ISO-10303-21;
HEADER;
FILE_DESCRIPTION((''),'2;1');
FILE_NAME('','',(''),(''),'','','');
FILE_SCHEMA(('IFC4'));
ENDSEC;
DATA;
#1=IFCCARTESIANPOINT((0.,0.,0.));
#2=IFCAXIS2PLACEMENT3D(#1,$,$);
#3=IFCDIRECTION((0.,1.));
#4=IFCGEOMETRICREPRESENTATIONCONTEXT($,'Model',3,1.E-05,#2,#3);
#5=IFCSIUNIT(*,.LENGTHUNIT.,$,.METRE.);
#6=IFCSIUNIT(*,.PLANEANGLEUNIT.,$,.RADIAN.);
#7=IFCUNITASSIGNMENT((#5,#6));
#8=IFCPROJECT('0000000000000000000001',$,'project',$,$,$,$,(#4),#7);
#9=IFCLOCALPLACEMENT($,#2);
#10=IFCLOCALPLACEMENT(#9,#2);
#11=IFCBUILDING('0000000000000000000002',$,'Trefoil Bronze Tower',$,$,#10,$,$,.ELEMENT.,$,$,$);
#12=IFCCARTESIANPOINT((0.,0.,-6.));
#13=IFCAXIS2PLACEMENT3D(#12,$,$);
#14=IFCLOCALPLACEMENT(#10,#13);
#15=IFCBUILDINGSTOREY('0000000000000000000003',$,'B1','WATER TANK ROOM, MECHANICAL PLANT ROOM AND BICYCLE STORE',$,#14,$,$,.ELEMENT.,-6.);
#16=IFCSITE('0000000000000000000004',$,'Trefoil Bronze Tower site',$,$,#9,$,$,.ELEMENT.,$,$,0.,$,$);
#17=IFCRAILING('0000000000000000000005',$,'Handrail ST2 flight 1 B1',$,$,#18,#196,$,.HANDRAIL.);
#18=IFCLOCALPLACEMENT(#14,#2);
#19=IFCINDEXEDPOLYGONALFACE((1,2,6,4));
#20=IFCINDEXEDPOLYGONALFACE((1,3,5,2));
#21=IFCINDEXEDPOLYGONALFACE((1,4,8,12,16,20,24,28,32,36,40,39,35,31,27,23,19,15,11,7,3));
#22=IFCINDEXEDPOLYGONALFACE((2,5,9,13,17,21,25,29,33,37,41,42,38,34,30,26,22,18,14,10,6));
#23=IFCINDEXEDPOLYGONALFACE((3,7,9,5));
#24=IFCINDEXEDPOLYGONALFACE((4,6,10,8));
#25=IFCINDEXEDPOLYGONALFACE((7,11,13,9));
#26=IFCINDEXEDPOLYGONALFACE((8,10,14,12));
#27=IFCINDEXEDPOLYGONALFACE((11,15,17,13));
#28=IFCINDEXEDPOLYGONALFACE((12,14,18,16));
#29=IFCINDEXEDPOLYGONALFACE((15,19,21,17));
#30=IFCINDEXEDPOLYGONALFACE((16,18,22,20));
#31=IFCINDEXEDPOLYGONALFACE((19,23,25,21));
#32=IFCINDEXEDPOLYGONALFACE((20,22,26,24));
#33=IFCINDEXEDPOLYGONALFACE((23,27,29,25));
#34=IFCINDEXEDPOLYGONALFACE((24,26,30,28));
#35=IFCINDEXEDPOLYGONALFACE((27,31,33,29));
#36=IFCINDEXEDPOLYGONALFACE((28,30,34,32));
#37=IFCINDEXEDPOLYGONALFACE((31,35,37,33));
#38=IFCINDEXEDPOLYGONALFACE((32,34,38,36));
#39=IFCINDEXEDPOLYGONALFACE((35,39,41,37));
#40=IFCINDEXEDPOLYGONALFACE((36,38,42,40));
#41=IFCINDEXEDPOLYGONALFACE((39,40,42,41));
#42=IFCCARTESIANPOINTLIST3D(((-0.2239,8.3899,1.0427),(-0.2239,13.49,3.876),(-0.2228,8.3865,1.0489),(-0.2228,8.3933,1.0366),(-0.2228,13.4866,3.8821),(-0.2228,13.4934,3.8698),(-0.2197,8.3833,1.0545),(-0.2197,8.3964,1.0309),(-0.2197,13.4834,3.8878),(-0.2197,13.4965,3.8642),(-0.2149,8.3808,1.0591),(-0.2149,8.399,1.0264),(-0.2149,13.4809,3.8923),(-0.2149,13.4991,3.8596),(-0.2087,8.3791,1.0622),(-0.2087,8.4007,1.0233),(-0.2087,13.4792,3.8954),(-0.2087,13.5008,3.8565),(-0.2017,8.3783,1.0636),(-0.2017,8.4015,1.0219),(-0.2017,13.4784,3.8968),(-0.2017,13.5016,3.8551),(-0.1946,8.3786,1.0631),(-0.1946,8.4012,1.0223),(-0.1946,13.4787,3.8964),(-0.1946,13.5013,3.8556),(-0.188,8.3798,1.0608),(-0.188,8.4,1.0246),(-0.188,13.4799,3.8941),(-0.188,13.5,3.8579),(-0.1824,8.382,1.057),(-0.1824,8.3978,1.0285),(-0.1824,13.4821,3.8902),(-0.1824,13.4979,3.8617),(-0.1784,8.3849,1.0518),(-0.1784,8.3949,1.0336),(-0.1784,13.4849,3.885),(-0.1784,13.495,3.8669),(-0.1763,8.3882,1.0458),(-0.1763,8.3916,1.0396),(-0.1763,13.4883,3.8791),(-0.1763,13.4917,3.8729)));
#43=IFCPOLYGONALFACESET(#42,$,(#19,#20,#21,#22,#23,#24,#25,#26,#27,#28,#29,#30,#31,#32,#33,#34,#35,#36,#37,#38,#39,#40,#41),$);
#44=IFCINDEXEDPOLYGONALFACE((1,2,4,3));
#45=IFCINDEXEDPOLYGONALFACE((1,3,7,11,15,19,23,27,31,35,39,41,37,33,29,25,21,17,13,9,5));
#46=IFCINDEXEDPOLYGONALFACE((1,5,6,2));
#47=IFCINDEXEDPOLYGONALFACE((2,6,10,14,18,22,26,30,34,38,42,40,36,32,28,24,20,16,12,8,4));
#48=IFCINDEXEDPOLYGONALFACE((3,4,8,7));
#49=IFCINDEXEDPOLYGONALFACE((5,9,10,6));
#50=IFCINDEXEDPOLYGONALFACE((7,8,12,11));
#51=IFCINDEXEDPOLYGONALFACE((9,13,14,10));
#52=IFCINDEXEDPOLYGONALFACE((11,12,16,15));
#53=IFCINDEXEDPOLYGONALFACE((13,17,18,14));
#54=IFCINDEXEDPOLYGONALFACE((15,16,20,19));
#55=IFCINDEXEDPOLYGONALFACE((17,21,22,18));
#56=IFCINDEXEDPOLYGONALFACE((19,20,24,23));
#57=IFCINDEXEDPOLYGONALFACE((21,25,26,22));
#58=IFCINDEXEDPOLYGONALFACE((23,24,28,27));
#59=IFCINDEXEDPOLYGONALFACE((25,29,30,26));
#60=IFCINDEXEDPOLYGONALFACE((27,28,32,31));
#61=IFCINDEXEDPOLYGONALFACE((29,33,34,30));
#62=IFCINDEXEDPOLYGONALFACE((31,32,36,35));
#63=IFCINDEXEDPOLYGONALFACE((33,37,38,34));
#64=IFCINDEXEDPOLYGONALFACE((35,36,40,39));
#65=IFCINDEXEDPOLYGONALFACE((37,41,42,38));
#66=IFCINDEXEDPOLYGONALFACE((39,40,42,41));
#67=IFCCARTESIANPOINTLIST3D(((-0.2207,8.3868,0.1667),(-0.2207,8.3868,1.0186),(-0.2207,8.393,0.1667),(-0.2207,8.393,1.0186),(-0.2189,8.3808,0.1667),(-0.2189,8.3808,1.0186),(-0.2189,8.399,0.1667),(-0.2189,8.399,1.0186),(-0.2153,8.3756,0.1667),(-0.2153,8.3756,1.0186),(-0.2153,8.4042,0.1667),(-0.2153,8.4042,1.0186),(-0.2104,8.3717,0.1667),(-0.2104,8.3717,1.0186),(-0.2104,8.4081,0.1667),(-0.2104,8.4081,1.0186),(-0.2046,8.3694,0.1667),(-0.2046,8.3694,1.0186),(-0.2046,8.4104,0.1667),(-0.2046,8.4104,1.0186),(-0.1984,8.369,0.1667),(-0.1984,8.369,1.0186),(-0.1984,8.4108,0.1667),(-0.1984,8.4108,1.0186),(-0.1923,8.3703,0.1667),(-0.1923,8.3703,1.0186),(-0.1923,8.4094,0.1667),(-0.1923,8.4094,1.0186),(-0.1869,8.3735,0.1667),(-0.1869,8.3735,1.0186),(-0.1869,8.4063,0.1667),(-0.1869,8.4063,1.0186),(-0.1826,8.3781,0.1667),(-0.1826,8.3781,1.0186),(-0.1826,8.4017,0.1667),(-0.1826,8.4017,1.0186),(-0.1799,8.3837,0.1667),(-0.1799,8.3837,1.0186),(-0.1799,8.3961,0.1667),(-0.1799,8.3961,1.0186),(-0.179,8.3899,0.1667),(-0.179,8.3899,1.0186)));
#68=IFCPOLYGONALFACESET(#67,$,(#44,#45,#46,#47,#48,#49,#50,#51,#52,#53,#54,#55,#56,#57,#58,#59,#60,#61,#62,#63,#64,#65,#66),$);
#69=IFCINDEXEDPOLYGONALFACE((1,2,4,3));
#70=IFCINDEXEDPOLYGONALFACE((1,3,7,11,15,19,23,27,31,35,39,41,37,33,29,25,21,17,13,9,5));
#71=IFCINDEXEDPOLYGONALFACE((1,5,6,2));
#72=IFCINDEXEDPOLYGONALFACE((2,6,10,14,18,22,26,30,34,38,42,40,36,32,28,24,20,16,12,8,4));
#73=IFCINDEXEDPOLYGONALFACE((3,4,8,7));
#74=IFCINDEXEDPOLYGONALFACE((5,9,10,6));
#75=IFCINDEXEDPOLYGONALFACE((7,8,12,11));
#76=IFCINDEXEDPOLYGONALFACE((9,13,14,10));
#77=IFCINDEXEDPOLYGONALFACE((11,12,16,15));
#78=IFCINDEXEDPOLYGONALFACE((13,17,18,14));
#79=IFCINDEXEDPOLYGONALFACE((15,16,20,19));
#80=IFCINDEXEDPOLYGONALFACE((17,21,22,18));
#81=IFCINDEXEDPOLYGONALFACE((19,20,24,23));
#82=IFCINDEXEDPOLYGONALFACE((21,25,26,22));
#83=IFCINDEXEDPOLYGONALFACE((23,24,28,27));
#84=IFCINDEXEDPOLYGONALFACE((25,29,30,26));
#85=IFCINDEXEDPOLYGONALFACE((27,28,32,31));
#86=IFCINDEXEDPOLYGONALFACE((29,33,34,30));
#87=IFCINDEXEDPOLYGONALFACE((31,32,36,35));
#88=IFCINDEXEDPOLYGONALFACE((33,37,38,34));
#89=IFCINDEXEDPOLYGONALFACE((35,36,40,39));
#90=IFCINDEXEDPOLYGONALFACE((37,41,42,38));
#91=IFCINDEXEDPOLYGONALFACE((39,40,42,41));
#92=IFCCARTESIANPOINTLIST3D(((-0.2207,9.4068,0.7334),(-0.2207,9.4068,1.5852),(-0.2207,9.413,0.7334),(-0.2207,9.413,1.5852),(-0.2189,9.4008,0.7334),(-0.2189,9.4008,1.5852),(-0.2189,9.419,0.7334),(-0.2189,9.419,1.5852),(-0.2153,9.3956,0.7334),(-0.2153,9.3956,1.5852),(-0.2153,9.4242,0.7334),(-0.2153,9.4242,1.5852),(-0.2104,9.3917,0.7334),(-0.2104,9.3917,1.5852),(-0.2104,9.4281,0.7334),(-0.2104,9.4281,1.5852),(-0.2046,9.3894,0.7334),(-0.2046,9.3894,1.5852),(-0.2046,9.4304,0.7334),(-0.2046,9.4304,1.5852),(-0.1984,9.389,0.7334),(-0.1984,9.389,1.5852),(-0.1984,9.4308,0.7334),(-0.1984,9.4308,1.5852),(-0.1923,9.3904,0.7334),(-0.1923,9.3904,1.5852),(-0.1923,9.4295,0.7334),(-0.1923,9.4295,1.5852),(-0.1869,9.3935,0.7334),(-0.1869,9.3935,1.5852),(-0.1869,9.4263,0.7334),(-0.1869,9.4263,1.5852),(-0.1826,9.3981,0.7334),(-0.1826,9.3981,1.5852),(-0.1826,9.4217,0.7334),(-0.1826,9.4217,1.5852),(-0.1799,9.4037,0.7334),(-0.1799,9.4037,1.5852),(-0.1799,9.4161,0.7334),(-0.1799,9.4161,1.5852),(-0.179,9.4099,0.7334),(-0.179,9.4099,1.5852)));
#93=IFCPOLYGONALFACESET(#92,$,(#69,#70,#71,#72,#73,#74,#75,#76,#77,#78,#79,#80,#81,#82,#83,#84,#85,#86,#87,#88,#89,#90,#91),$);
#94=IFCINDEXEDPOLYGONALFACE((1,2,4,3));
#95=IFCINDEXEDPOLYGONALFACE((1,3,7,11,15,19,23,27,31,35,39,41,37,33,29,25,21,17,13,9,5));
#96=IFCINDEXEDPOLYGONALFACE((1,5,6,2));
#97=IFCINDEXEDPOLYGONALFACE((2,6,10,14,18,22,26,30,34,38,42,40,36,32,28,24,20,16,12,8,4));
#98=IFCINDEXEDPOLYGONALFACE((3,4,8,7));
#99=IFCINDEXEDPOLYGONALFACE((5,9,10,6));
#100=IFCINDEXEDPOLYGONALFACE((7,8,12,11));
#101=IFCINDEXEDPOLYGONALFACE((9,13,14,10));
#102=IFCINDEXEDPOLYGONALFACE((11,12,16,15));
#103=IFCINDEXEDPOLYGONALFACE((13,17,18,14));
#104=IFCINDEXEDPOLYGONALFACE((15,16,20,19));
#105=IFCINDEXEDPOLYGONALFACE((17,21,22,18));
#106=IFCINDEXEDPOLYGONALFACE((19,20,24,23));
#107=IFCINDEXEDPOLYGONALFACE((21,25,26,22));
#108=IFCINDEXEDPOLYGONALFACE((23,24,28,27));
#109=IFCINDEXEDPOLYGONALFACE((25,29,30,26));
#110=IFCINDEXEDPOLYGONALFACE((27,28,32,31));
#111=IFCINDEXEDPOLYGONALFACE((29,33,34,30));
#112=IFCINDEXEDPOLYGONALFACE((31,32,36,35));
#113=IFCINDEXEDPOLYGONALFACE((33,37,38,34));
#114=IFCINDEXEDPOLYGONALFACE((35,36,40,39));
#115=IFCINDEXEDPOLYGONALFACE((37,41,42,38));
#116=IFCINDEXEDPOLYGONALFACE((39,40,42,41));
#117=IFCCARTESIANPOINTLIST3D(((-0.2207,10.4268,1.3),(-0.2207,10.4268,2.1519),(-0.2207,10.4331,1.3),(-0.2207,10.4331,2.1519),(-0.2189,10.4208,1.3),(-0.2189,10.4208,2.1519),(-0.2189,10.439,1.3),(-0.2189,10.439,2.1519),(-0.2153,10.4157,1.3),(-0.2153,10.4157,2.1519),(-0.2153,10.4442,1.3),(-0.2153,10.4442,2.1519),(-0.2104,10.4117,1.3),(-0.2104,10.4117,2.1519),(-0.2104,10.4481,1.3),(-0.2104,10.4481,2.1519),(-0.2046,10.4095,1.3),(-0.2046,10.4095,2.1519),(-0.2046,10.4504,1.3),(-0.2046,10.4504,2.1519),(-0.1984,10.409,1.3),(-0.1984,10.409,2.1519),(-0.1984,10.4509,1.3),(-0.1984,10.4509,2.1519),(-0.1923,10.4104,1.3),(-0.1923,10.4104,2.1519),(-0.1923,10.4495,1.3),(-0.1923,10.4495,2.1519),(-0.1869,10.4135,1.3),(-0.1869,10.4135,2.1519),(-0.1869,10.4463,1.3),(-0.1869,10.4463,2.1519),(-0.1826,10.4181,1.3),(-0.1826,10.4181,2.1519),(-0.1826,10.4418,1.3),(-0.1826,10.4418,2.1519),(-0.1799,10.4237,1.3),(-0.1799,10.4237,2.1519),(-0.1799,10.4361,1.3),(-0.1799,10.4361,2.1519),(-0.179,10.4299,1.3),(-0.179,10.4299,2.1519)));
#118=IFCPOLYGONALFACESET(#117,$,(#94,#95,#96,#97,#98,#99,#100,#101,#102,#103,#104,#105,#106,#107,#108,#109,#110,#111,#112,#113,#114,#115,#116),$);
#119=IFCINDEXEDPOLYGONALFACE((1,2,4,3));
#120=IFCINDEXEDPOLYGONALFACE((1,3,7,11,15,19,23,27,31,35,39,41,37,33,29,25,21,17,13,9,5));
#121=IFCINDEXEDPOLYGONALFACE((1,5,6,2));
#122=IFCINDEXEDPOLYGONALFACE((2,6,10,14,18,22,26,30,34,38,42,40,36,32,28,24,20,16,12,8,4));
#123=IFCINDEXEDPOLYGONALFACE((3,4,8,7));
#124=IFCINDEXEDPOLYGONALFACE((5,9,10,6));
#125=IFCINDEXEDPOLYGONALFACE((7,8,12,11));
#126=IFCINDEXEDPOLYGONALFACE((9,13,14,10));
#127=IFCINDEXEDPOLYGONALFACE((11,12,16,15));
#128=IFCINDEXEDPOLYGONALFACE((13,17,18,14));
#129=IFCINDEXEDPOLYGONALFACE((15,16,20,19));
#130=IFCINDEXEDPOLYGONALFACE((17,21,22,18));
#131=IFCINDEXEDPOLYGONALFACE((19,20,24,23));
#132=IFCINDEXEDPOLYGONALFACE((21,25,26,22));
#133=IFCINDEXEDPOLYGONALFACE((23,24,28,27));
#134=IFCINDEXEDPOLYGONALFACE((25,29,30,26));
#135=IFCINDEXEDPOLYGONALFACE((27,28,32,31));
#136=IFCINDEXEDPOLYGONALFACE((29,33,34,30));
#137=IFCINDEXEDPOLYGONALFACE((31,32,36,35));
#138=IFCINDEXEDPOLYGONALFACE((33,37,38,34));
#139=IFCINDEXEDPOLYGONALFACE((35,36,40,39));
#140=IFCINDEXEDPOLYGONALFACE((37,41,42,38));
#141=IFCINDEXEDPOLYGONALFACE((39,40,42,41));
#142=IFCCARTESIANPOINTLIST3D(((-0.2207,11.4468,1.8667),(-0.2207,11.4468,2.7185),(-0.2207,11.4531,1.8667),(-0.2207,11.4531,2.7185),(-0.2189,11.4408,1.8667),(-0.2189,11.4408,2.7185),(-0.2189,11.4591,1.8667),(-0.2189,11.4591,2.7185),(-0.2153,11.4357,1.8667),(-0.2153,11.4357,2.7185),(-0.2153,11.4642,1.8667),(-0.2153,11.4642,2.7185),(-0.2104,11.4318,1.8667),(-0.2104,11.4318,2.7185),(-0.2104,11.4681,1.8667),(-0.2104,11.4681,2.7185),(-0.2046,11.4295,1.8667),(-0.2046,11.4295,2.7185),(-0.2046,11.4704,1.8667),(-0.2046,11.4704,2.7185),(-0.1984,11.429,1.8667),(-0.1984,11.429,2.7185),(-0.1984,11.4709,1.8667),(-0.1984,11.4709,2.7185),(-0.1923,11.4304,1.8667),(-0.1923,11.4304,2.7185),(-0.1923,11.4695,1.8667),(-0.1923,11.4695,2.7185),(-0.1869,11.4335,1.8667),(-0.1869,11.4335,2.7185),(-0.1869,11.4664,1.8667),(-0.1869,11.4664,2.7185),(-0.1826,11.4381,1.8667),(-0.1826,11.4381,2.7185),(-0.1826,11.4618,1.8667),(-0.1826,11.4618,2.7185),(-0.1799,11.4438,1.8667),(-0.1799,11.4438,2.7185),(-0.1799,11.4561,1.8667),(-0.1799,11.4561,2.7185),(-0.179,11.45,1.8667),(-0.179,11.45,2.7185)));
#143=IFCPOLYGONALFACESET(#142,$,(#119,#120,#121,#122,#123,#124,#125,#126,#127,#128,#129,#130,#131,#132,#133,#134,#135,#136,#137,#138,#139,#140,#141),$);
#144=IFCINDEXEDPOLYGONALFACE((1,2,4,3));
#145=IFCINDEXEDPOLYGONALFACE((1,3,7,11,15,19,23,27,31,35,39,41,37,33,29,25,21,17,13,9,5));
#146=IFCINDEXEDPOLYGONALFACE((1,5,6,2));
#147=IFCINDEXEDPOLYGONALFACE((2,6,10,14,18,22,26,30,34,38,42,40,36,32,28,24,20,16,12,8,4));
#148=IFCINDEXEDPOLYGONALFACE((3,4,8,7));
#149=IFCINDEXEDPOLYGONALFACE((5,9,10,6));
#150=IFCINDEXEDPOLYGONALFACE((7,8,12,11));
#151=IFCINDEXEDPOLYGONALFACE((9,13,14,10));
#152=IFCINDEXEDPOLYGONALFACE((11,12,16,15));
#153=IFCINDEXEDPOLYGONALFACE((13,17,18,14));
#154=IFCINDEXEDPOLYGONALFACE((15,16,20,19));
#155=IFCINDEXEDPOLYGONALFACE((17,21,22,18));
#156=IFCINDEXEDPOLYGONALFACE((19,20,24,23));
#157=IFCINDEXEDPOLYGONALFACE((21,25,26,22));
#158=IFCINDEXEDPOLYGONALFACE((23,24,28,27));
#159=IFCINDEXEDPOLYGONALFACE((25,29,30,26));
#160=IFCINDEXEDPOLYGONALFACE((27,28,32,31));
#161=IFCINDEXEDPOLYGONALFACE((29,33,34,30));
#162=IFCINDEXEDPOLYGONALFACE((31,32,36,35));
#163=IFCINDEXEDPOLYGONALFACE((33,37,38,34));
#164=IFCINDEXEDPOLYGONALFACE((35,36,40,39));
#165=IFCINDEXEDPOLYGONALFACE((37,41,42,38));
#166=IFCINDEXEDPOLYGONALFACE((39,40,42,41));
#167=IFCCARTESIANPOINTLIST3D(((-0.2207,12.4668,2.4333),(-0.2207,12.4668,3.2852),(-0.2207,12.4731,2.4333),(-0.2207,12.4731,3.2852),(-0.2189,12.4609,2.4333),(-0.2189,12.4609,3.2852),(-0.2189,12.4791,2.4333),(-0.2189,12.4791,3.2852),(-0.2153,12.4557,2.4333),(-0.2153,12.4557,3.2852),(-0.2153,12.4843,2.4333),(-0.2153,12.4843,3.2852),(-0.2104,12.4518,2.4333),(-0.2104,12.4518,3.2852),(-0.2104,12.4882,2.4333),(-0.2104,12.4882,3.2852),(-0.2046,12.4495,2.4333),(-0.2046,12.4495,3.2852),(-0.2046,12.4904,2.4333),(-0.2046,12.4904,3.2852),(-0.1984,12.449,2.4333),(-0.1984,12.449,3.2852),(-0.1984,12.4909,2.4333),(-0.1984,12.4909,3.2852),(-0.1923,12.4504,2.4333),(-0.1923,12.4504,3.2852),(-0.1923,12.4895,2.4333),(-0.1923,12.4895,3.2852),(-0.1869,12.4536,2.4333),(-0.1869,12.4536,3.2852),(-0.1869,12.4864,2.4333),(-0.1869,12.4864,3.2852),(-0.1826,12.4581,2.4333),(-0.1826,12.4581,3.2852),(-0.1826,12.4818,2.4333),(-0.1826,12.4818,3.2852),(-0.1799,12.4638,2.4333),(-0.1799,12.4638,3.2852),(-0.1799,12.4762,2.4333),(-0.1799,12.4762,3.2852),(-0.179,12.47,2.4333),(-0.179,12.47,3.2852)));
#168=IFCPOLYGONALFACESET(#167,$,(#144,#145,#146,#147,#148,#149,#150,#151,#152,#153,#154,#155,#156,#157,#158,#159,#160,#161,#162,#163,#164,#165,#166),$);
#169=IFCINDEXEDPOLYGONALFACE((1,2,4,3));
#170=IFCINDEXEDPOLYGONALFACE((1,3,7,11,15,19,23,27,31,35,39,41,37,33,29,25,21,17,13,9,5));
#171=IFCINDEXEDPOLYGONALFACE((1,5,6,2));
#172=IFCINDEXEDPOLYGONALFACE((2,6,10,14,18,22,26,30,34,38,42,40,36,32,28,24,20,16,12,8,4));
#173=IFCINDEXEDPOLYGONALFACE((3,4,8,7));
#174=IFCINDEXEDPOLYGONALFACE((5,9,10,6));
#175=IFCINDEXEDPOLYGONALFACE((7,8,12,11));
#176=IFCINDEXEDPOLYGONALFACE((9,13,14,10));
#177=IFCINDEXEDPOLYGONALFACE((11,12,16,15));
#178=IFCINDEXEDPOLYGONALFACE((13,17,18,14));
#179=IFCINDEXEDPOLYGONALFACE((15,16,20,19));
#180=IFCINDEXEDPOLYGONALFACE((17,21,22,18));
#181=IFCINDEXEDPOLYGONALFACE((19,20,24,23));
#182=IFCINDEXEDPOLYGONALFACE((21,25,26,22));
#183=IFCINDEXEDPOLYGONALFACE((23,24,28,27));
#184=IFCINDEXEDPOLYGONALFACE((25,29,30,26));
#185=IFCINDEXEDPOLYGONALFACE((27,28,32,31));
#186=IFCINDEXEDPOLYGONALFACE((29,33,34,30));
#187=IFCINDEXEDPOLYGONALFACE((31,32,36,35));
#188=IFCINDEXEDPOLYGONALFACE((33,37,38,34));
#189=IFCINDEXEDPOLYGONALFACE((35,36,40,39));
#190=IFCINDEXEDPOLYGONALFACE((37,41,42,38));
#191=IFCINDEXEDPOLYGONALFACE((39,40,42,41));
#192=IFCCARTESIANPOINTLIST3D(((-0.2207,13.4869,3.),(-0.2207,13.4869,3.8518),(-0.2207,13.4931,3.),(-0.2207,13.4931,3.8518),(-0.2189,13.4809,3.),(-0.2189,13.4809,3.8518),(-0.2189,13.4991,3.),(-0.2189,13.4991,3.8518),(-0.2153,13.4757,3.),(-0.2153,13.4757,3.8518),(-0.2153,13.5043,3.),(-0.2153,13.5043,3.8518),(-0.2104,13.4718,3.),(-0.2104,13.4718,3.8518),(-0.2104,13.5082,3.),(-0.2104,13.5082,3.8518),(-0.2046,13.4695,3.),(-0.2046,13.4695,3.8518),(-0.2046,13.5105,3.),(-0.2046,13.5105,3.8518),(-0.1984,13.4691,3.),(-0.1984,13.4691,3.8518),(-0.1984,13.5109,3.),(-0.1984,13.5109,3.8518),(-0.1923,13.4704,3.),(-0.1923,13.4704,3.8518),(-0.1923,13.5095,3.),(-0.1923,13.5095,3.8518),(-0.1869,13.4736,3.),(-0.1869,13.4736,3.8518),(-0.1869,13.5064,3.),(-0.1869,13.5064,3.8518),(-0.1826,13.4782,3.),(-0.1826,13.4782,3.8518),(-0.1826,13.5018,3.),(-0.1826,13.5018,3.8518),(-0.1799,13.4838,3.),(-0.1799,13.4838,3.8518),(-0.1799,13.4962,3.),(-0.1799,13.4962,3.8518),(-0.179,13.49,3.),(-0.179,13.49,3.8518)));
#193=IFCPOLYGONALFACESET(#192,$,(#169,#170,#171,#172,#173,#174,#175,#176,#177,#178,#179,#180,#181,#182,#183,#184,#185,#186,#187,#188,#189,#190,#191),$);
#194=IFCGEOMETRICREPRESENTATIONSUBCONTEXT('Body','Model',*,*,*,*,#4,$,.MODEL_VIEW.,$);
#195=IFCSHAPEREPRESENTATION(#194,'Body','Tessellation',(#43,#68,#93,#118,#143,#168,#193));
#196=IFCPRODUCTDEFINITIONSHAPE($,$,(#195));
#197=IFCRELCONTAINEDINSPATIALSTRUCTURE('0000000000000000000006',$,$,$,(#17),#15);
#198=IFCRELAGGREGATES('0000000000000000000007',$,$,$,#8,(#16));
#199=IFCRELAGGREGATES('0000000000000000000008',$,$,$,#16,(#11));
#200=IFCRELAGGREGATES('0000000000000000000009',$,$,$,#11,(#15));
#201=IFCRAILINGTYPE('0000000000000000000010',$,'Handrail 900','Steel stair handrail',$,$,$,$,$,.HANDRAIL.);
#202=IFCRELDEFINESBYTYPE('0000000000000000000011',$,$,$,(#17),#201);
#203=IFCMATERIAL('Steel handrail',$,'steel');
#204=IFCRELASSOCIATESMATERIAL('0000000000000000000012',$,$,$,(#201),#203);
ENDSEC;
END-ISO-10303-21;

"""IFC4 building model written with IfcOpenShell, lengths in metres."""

from ifc_helpers import new_model, si_unit, direction, frame, origin, origin_2d, place, context, subcontext, project, spatial, circle, extrude, material, type_object, element, save


model = new_model("IFC4")

# Units and contexts
model_context = context("Model", 3, precision=1e-05, world=origin(), true_north=direction((0.0, 1.0)))
body_context = subcontext(model_context, "Body", "Model", "MODEL_VIEW")
ifc_project = project(units=[si_unit("LENGTHUNIT", "METRE"), si_unit("PLANEANGLEUNIT", "RADIAN")], contexts=[model_context])

# Site, building, storey
site_placement = place(None, origin())
site = spatial("IfcSite", under=ifc_project, at=site_placement, Name="Trefoil Bronze Tower site", CompositionType="ELEMENT", RefElevation=0.0)
building_placement = place(site_placement, origin())
building = spatial("IfcBuilding", under=site, at=building_placement, Name="Trefoil Bronze Tower", CompositionType="ELEMENT")
storey_placement = place(building_placement, frame((0.0, 0.0, -6.0)))
storey = spatial("IfcBuildingStorey", under=building, at=storey_placement, Name="B1", Description="WATER TANK ROOM, MECHANICAL PLANT ROOM AND BICYCLE STORE", CompositionType="ELEMENT", Elevation=-6.0)

# Railing
ifc_material_1 = material(Name="Steel handrail", Category="steel")
railing_type = type_object("IfcRailingType", Name="Handrail 900", Description="Steel stair handrail", PredefinedType="HANDRAIL", material=ifc_material_1)
railing_placement = place(storey_placement, frame((-0.2, 8.3899, 0.1667)))
element("IfcRailing", 1, at=railing_placement, inside=storey, type_object=railing_type, Name="Handrail ST2 flight 1 B1", PredefinedType="HANDRAIL", context=body_context, shape_type="SweptSolid", body=[
    extrude(circle(Radius=0.0239, at=origin_2d()), frame((0.0, 0.0, 0.876), z_axis=(0.0, 0.874167, 0.485625), x_axis=(-1.0, 0.0, 0.0)), (0.0, 0.0, 1.0), 5.8342),
    extrude(circle(Radius=0.021, at=origin_2d()), origin(), (0.0, 0.0, 1.0), 0.8518),
    extrude(circle(Radius=0.021, at=origin_2d()), frame((0.0, 1.02, 0.5667)), (0.0, 0.0, 1.0), 0.8518),
    extrude(circle(Radius=0.021, at=origin_2d()), frame((0.0, 2.04, 1.1333)), (0.0, 0.0, 1.0), 0.8518),
    extrude(circle(Radius=0.021, at=origin_2d()), frame((0.0, 3.0601, 1.7)), (0.0, 0.0, 1.0), 0.8518),
    extrude(circle(Radius=0.021, at=origin_2d()), frame((0.0, 4.0801, 2.2666)), (0.0, 0.0, 1.0), 0.8518),
    extrude(circle(Radius=0.021, at=origin_2d()), frame((0.0, 5.1001, 2.8333)), (0.0, 0.0, 1.0), 0.8518),
])

save(model, "model.ifc")
